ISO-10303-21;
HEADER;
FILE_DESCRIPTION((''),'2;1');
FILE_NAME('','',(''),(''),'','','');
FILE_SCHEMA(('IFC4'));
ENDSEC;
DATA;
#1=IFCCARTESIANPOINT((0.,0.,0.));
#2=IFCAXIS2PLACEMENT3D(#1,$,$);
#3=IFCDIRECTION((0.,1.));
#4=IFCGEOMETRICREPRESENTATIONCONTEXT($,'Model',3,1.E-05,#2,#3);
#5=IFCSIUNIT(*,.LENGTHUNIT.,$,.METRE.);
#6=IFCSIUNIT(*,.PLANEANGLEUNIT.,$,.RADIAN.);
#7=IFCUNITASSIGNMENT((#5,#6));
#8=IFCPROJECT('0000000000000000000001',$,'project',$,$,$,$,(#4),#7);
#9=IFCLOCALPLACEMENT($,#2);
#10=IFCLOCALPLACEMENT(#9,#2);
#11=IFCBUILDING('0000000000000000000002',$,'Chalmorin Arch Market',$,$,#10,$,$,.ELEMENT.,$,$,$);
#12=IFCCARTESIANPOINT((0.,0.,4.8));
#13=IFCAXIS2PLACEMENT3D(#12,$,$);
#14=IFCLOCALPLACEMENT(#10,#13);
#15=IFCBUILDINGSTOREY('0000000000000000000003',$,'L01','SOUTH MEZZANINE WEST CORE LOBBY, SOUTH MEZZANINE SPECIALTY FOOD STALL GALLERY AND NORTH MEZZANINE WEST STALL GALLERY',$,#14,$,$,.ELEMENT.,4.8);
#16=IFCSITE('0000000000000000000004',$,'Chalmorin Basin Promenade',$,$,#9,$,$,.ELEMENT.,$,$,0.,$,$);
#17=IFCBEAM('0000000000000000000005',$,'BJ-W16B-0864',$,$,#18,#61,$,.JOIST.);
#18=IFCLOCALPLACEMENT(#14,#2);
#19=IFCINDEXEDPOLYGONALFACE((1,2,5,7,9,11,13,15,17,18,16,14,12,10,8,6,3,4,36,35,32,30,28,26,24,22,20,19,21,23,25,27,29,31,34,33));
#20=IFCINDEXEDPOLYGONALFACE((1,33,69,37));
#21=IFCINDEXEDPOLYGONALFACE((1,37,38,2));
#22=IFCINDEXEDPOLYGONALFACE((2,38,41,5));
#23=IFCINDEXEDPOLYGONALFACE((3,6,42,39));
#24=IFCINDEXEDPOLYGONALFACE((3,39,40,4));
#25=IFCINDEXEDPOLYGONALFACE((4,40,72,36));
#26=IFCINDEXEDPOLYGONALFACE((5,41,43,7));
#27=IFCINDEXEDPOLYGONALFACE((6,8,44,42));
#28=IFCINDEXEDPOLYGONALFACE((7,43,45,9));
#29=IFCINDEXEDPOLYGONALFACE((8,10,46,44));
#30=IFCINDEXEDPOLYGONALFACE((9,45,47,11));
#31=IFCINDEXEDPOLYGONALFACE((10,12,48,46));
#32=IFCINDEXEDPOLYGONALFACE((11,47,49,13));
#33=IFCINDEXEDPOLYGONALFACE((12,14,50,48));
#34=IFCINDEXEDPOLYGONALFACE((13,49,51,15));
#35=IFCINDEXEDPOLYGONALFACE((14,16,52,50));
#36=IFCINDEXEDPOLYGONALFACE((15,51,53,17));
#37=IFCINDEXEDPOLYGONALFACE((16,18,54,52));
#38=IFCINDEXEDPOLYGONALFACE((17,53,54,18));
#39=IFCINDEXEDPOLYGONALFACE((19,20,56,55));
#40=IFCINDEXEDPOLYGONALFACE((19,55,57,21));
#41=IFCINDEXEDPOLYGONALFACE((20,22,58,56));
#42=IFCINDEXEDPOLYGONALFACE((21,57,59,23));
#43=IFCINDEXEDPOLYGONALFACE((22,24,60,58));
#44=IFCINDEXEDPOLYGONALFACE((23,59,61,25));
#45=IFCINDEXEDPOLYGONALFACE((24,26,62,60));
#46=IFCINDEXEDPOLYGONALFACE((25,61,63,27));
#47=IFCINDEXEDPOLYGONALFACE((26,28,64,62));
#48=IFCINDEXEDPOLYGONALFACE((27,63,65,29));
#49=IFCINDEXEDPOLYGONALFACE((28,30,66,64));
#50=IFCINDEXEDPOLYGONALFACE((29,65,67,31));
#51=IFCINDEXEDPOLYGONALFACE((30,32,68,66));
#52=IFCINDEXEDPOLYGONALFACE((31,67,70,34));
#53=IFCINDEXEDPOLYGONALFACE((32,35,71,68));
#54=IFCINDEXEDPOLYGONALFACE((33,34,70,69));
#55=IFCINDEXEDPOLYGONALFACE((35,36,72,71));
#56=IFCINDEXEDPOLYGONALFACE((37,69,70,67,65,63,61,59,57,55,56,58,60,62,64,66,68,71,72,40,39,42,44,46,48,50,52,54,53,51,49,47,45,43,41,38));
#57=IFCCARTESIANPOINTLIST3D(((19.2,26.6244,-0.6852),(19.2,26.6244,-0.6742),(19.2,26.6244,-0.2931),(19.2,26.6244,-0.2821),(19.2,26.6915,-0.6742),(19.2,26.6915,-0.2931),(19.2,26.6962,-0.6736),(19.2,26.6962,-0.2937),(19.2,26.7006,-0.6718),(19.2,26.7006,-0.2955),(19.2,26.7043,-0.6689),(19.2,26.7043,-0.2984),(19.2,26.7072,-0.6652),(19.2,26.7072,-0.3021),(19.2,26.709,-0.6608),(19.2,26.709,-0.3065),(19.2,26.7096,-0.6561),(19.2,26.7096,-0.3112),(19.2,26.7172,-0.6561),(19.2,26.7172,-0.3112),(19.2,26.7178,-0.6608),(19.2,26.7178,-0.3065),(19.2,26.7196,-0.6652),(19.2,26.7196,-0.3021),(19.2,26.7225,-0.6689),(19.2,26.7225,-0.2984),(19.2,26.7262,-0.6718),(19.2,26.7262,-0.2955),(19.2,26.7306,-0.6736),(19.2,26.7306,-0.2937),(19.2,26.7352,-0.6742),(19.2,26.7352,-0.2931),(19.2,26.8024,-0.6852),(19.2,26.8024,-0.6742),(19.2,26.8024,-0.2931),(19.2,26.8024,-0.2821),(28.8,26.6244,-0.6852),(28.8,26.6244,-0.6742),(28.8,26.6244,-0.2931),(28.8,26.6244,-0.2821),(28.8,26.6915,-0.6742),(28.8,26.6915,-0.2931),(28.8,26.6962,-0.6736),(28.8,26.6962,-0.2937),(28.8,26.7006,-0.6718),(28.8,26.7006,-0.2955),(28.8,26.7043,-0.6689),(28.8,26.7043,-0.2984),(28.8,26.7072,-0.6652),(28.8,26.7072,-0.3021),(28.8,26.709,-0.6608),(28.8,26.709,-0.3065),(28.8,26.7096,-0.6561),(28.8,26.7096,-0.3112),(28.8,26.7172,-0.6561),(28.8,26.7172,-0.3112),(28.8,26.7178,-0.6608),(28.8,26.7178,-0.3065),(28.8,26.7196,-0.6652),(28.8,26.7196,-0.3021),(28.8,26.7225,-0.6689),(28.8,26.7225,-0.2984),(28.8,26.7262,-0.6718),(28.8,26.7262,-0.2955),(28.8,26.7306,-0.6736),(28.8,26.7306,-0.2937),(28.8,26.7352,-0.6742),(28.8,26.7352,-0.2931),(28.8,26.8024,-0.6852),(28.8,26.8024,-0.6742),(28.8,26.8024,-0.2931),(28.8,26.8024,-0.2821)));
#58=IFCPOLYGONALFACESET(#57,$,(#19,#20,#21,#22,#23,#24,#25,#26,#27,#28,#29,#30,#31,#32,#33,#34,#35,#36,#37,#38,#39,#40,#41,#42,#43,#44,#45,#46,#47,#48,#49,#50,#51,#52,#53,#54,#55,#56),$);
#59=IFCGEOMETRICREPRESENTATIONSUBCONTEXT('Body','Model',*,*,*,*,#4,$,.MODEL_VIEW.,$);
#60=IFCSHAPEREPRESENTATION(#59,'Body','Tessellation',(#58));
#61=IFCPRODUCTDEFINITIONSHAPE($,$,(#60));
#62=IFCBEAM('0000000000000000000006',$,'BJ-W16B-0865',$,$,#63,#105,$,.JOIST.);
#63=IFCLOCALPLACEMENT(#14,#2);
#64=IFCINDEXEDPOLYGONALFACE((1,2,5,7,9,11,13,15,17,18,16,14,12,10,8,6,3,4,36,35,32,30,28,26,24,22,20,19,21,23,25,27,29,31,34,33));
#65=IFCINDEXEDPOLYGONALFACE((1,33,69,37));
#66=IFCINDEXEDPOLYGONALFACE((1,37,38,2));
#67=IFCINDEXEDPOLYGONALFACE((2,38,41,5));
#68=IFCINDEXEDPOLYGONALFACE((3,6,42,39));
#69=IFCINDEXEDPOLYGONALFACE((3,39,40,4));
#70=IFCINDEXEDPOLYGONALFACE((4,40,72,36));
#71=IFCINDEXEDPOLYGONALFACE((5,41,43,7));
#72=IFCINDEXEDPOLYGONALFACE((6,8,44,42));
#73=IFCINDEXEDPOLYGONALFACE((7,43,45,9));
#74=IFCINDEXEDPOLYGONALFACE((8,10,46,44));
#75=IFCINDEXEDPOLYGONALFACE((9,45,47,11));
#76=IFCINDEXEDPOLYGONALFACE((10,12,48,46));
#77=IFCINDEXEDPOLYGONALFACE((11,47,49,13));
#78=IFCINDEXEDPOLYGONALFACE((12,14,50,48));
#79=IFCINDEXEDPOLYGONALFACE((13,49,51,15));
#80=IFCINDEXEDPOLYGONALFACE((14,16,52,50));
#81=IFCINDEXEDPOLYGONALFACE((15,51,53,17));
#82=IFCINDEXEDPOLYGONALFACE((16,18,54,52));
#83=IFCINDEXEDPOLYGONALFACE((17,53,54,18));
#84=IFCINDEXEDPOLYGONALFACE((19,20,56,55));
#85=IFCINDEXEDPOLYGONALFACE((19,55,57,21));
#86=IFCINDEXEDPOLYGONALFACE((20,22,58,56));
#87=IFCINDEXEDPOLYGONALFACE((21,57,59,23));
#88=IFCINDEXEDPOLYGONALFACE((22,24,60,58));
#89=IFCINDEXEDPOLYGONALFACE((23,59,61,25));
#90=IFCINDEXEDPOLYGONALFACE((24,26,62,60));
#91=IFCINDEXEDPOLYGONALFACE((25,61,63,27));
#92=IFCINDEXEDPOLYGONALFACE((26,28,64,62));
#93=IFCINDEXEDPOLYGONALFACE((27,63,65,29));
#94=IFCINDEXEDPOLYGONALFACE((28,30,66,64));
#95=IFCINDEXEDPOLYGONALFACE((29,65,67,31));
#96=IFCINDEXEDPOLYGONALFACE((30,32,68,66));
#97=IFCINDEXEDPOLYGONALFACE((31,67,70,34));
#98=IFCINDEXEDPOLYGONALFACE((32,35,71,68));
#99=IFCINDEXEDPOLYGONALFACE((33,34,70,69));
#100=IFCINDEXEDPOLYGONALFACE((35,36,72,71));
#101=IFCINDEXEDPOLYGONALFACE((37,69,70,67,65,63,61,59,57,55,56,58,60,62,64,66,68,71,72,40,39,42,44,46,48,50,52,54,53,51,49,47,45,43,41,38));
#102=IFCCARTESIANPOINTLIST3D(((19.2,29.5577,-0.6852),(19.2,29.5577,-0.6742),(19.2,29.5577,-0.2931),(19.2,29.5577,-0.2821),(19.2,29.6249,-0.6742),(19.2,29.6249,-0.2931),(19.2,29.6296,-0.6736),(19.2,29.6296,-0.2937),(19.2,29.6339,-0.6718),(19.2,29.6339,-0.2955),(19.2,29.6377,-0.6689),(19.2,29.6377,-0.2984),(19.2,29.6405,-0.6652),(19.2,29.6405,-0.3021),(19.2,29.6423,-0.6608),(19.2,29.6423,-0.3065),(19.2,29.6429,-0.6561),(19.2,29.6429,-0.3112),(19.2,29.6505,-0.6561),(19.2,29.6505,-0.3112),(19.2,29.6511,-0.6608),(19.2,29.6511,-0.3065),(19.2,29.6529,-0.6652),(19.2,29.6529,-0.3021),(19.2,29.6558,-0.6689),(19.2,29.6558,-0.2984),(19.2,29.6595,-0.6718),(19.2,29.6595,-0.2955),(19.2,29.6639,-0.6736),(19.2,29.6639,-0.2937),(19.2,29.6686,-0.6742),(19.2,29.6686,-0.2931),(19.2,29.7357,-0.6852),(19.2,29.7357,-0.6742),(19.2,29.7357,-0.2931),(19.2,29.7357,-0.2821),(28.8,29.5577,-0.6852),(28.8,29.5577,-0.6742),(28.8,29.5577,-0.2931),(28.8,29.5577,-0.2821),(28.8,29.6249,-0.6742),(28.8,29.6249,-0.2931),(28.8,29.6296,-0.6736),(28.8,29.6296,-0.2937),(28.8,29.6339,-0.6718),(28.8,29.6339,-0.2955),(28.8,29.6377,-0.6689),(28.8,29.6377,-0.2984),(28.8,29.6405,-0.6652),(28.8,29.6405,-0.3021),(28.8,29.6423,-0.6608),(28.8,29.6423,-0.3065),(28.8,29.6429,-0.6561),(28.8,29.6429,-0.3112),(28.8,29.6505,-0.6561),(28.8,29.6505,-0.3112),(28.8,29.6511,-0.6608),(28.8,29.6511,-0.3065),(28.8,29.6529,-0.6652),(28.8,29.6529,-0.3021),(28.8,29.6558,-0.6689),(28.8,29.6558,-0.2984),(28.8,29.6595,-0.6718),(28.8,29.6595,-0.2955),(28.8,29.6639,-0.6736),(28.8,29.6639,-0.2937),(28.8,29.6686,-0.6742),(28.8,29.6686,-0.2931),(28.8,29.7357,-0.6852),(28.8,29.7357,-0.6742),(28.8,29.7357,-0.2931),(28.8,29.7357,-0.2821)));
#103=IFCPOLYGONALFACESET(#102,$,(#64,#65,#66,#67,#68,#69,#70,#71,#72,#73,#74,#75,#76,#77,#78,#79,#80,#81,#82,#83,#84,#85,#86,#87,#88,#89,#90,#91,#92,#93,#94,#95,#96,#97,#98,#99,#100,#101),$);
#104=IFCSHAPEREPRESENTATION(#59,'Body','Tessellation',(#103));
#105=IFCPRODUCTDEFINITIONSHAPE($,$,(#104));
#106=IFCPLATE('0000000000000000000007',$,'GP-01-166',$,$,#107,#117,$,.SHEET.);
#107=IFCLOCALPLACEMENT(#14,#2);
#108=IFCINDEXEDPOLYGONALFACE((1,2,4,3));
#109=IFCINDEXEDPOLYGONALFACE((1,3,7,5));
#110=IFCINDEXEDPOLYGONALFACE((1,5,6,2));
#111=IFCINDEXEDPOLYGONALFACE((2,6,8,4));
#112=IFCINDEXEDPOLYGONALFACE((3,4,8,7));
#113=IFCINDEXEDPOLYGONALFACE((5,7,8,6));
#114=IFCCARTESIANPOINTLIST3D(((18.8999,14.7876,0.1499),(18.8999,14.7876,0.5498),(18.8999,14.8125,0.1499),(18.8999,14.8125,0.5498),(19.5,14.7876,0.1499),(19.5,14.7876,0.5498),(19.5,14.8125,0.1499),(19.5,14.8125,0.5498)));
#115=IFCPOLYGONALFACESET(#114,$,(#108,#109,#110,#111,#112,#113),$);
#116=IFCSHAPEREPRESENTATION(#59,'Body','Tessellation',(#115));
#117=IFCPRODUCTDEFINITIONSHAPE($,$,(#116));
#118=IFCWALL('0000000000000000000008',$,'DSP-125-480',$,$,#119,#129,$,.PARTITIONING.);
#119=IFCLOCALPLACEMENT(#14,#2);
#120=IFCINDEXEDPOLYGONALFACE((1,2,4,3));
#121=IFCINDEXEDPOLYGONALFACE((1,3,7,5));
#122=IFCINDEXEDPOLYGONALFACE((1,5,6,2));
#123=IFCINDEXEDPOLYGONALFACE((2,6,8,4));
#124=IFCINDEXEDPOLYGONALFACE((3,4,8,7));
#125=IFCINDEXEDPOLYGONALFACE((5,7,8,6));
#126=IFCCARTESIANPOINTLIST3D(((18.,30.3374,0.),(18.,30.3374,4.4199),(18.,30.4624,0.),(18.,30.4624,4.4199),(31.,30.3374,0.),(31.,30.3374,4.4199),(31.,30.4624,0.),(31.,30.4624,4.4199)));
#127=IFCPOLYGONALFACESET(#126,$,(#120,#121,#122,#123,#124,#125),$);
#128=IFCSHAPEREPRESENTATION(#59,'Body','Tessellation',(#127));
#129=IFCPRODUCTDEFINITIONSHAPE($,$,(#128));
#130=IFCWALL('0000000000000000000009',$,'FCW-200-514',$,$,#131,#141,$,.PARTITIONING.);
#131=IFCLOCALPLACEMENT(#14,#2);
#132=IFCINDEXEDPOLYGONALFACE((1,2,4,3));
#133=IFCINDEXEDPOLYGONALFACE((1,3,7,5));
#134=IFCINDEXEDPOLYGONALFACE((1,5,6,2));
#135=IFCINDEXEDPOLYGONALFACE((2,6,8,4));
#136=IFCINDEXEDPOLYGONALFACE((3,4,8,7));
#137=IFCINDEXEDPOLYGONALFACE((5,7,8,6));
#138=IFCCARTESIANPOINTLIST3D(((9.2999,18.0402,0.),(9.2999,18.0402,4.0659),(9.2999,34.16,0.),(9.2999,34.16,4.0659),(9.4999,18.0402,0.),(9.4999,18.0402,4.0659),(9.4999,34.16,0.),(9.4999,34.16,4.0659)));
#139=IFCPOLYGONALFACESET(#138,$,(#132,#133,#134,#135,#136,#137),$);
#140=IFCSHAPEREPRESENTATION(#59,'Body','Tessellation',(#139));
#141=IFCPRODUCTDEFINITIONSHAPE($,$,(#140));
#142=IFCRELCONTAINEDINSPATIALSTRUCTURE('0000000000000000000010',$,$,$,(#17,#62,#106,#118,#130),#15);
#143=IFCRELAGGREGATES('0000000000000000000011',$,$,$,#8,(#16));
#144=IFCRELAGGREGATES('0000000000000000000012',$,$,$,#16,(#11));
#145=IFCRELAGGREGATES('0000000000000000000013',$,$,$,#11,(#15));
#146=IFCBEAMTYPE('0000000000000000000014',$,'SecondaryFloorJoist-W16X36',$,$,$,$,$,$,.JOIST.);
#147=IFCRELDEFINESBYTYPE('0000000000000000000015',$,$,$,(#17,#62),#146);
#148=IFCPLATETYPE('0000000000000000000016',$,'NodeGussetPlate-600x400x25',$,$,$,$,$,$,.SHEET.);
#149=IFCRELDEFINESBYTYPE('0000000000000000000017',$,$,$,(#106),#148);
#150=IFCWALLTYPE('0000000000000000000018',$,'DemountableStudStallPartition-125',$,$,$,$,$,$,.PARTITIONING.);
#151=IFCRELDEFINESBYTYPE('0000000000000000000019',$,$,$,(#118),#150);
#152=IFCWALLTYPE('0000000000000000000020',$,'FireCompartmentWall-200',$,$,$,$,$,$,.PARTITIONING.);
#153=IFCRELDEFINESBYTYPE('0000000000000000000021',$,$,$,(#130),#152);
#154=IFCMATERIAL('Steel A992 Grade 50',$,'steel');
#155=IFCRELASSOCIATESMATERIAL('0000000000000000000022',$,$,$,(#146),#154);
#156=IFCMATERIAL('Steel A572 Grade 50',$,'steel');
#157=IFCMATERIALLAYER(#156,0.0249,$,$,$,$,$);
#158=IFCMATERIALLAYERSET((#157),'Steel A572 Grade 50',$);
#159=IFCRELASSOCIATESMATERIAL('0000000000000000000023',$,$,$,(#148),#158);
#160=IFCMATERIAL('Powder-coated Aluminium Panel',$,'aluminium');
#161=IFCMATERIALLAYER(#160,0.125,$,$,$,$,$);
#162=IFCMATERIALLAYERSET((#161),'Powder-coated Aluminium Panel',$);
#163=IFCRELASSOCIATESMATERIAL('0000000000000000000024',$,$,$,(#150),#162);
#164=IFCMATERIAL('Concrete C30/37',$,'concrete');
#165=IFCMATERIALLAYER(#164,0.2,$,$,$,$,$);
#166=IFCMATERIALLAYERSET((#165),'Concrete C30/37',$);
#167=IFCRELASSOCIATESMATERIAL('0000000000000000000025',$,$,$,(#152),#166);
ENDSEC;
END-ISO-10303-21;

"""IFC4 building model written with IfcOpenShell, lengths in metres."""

from ifc_helpers import new_model, si_unit, direction, frame, frame_2d, origin, origin_2d, place, context, subcontext, project, spatial, rectangle, i_section, extrude, material, layer, layer_set, material_profile, profile_set, type_object, element, save


model = new_model("IFC4")

# Units and contexts
model_context = context("Model", 3, precision=1e-05, world=origin(), true_north=direction((0.0, 1.0)))
body_context = subcontext(model_context, "Body", "Model", "MODEL_VIEW")
ifc_project = project(units=[si_unit("LENGTHUNIT", "METRE"), si_unit("PLANEANGLEUNIT", "RADIAN")], contexts=[model_context])

# Site, building, storey
site_placement = place(None, origin())
site = spatial("IfcSite", under=ifc_project, at=site_placement, Name="Chalmorin Basin Promenade", CompositionType="ELEMENT", RefElevation=0.0)
building_placement = place(site_placement, origin())
building = spatial("IfcBuilding", under=site, at=building_placement, Name="Chalmorin Arch Market", CompositionType="ELEMENT")
storey_placement = place(building_placement, frame((0.0, 0.0, 4.8)))
storey = spatial("IfcBuildingStorey", under=building, at=storey_placement, Name="L01", Description="SOUTH MEZZANINE WEST CORE LOBBY, SOUTH MEZZANINE SPECIALTY FOOD STALL GALLERY AND NORTH MEZZANINE WEST STALL GALLERY", CompositionType="ELEMENT", Elevation=4.8)

# Shared definitions
ifc_material_1 = material(Name="Steel A992 Grade 50", Category="steel")

# Beams
ifc_material_profile_1 = material_profile(ifc_material_1, i_section(OverallWidth=0.178, OverallDepth=0.4031, WebThickness=0.0076, FlangeThickness=0.011, FilletRadius=0.0181, at=origin_2d()), Name="W16X36")
ifc_profile_set_1 = profile_set([ifc_material_profile_1], Name="Steel A992 Grade 50")
beam_type_1 = type_object("IfcBeamType", Name="SecondaryFloorJoist-W16X36", PredefinedType="JOIST", material=ifc_profile_set_1)
for number, where, z_axis, x_axis, name in (
    (1, (19.2, 26.7134, -0.4836), (1.0, 0.0, 0.0), (0.0, 1.0, 0.0), "BJ-W16B-0864"),
    (2, (19.2, 29.6467, -0.4836), (1.0, 0.0, 0.0), (0.0, 1.0, 0.0), "BJ-W16B-0865"),
):
    element("IfcBeam", number, at=place(storey_placement, frame(where, z_axis=z_axis, x_axis=x_axis)), inside=storey, type_object=beam_type_1, Name=name, PredefinedType="JOIST", context=body_context, shape_type="SweptSolid", body=[
        extrude(i_section(OverallWidth=0.178, OverallDepth=0.4031, WebThickness=0.0076, FlangeThickness=0.011, FilletRadius=0.0181, at=origin_2d()), origin(), (0.0, 0.0, 1.0), 9.6001),
    ])

# Plate
ifc_material_2 = material(Name="Steel A572 Grade 50", Category="steel")
ifc_layer_1 = layer(ifc_material_2, 0.0249)
ifc_layer_set_1 = layer_set([ifc_layer_1], Name="Steel A572 Grade 50")
plate_type = type_object("IfcPlateType", Name="NodeGussetPlate-600x400x25", PredefinedType="SHEET", material=ifc_layer_set_1)
plate_placement = place(storey_placement, frame((19.2, 14.8, 0.1499), z_axis=(0.0, 0.0, 1.0), x_axis=(1.0, 0.0, 0.0)))
element("IfcPlate", 3, at=plate_placement, inside=storey, type_object=plate_type, Name="GP-01-166", PredefinedType="SHEET", context=body_context, shape_type="SweptSolid", body=[
    extrude(rectangle(XDim=0.6001, YDim=0.0249, at=origin_2d()), origin(), (0.0, 0.0, 1.0), 0.3999),
])

# Wall
ifc_material_3 = material(Name="Powder-coated Aluminium Panel", Category="aluminium")
ifc_layer_2 = layer(ifc_material_3, 0.125)
ifc_layer_set_2 = layer_set([ifc_layer_2], Name="Powder-coated Aluminium Panel")
wall_type_1 = type_object("IfcWallType", Name="DemountableStudStallPartition-125", PredefinedType="PARTITIONING", material=ifc_layer_set_2)
wall_1_placement = place(storey_placement, frame((18.0, 30.3999, 0.0), z_axis=(0.0, 0.0, 1.0), x_axis=(1.0, 0.0, 0.0)))
element("IfcWall", 4, at=wall_1_placement, inside=storey, type_object=wall_type_1, Name="DSP-125-480", PredefinedType="PARTITIONING", context=body_context, shape_type="SweptSolid", body=[
    extrude(rectangle(XDim=13.0, YDim=0.125, at=frame_2d((6.5, 0.0))), origin(), (0.0, 0.0, 1.0), 4.4199),
])

# Shared definitions
ifc_material_4 = material(Name="Concrete C30/37", Category="concrete")
ifc_layer_3 = layer(ifc_material_4, 0.2)
ifc_layer_set_3 = layer_set([ifc_layer_3], Name="Concrete C30/37")
wall_type_2 = type_object("IfcWallType", Name="FireCompartmentWall-200", PredefinedType="PARTITIONING", material=ifc_layer_set_3)

# Wall
wall_2_placement = place(storey_placement, frame((9.3999, 18.04, 0.0), z_axis=(0.0, 0.0, 1.0), x_axis=(0.0, 1.0, 0.0)))
element("IfcWall", 5, at=wall_2_placement, inside=storey, type_object=wall_type_2, Name="FCW-200-514", PredefinedType="PARTITIONING", context=body_context, shape_type="SweptSolid", body=[
    extrude(rectangle(XDim=16.1199, YDim=0.2, at=frame_2d((8.0601, 0.0))), origin(), (0.0, 0.0, 1.0), 4.0659),
])

save(model, "model.ifc")
